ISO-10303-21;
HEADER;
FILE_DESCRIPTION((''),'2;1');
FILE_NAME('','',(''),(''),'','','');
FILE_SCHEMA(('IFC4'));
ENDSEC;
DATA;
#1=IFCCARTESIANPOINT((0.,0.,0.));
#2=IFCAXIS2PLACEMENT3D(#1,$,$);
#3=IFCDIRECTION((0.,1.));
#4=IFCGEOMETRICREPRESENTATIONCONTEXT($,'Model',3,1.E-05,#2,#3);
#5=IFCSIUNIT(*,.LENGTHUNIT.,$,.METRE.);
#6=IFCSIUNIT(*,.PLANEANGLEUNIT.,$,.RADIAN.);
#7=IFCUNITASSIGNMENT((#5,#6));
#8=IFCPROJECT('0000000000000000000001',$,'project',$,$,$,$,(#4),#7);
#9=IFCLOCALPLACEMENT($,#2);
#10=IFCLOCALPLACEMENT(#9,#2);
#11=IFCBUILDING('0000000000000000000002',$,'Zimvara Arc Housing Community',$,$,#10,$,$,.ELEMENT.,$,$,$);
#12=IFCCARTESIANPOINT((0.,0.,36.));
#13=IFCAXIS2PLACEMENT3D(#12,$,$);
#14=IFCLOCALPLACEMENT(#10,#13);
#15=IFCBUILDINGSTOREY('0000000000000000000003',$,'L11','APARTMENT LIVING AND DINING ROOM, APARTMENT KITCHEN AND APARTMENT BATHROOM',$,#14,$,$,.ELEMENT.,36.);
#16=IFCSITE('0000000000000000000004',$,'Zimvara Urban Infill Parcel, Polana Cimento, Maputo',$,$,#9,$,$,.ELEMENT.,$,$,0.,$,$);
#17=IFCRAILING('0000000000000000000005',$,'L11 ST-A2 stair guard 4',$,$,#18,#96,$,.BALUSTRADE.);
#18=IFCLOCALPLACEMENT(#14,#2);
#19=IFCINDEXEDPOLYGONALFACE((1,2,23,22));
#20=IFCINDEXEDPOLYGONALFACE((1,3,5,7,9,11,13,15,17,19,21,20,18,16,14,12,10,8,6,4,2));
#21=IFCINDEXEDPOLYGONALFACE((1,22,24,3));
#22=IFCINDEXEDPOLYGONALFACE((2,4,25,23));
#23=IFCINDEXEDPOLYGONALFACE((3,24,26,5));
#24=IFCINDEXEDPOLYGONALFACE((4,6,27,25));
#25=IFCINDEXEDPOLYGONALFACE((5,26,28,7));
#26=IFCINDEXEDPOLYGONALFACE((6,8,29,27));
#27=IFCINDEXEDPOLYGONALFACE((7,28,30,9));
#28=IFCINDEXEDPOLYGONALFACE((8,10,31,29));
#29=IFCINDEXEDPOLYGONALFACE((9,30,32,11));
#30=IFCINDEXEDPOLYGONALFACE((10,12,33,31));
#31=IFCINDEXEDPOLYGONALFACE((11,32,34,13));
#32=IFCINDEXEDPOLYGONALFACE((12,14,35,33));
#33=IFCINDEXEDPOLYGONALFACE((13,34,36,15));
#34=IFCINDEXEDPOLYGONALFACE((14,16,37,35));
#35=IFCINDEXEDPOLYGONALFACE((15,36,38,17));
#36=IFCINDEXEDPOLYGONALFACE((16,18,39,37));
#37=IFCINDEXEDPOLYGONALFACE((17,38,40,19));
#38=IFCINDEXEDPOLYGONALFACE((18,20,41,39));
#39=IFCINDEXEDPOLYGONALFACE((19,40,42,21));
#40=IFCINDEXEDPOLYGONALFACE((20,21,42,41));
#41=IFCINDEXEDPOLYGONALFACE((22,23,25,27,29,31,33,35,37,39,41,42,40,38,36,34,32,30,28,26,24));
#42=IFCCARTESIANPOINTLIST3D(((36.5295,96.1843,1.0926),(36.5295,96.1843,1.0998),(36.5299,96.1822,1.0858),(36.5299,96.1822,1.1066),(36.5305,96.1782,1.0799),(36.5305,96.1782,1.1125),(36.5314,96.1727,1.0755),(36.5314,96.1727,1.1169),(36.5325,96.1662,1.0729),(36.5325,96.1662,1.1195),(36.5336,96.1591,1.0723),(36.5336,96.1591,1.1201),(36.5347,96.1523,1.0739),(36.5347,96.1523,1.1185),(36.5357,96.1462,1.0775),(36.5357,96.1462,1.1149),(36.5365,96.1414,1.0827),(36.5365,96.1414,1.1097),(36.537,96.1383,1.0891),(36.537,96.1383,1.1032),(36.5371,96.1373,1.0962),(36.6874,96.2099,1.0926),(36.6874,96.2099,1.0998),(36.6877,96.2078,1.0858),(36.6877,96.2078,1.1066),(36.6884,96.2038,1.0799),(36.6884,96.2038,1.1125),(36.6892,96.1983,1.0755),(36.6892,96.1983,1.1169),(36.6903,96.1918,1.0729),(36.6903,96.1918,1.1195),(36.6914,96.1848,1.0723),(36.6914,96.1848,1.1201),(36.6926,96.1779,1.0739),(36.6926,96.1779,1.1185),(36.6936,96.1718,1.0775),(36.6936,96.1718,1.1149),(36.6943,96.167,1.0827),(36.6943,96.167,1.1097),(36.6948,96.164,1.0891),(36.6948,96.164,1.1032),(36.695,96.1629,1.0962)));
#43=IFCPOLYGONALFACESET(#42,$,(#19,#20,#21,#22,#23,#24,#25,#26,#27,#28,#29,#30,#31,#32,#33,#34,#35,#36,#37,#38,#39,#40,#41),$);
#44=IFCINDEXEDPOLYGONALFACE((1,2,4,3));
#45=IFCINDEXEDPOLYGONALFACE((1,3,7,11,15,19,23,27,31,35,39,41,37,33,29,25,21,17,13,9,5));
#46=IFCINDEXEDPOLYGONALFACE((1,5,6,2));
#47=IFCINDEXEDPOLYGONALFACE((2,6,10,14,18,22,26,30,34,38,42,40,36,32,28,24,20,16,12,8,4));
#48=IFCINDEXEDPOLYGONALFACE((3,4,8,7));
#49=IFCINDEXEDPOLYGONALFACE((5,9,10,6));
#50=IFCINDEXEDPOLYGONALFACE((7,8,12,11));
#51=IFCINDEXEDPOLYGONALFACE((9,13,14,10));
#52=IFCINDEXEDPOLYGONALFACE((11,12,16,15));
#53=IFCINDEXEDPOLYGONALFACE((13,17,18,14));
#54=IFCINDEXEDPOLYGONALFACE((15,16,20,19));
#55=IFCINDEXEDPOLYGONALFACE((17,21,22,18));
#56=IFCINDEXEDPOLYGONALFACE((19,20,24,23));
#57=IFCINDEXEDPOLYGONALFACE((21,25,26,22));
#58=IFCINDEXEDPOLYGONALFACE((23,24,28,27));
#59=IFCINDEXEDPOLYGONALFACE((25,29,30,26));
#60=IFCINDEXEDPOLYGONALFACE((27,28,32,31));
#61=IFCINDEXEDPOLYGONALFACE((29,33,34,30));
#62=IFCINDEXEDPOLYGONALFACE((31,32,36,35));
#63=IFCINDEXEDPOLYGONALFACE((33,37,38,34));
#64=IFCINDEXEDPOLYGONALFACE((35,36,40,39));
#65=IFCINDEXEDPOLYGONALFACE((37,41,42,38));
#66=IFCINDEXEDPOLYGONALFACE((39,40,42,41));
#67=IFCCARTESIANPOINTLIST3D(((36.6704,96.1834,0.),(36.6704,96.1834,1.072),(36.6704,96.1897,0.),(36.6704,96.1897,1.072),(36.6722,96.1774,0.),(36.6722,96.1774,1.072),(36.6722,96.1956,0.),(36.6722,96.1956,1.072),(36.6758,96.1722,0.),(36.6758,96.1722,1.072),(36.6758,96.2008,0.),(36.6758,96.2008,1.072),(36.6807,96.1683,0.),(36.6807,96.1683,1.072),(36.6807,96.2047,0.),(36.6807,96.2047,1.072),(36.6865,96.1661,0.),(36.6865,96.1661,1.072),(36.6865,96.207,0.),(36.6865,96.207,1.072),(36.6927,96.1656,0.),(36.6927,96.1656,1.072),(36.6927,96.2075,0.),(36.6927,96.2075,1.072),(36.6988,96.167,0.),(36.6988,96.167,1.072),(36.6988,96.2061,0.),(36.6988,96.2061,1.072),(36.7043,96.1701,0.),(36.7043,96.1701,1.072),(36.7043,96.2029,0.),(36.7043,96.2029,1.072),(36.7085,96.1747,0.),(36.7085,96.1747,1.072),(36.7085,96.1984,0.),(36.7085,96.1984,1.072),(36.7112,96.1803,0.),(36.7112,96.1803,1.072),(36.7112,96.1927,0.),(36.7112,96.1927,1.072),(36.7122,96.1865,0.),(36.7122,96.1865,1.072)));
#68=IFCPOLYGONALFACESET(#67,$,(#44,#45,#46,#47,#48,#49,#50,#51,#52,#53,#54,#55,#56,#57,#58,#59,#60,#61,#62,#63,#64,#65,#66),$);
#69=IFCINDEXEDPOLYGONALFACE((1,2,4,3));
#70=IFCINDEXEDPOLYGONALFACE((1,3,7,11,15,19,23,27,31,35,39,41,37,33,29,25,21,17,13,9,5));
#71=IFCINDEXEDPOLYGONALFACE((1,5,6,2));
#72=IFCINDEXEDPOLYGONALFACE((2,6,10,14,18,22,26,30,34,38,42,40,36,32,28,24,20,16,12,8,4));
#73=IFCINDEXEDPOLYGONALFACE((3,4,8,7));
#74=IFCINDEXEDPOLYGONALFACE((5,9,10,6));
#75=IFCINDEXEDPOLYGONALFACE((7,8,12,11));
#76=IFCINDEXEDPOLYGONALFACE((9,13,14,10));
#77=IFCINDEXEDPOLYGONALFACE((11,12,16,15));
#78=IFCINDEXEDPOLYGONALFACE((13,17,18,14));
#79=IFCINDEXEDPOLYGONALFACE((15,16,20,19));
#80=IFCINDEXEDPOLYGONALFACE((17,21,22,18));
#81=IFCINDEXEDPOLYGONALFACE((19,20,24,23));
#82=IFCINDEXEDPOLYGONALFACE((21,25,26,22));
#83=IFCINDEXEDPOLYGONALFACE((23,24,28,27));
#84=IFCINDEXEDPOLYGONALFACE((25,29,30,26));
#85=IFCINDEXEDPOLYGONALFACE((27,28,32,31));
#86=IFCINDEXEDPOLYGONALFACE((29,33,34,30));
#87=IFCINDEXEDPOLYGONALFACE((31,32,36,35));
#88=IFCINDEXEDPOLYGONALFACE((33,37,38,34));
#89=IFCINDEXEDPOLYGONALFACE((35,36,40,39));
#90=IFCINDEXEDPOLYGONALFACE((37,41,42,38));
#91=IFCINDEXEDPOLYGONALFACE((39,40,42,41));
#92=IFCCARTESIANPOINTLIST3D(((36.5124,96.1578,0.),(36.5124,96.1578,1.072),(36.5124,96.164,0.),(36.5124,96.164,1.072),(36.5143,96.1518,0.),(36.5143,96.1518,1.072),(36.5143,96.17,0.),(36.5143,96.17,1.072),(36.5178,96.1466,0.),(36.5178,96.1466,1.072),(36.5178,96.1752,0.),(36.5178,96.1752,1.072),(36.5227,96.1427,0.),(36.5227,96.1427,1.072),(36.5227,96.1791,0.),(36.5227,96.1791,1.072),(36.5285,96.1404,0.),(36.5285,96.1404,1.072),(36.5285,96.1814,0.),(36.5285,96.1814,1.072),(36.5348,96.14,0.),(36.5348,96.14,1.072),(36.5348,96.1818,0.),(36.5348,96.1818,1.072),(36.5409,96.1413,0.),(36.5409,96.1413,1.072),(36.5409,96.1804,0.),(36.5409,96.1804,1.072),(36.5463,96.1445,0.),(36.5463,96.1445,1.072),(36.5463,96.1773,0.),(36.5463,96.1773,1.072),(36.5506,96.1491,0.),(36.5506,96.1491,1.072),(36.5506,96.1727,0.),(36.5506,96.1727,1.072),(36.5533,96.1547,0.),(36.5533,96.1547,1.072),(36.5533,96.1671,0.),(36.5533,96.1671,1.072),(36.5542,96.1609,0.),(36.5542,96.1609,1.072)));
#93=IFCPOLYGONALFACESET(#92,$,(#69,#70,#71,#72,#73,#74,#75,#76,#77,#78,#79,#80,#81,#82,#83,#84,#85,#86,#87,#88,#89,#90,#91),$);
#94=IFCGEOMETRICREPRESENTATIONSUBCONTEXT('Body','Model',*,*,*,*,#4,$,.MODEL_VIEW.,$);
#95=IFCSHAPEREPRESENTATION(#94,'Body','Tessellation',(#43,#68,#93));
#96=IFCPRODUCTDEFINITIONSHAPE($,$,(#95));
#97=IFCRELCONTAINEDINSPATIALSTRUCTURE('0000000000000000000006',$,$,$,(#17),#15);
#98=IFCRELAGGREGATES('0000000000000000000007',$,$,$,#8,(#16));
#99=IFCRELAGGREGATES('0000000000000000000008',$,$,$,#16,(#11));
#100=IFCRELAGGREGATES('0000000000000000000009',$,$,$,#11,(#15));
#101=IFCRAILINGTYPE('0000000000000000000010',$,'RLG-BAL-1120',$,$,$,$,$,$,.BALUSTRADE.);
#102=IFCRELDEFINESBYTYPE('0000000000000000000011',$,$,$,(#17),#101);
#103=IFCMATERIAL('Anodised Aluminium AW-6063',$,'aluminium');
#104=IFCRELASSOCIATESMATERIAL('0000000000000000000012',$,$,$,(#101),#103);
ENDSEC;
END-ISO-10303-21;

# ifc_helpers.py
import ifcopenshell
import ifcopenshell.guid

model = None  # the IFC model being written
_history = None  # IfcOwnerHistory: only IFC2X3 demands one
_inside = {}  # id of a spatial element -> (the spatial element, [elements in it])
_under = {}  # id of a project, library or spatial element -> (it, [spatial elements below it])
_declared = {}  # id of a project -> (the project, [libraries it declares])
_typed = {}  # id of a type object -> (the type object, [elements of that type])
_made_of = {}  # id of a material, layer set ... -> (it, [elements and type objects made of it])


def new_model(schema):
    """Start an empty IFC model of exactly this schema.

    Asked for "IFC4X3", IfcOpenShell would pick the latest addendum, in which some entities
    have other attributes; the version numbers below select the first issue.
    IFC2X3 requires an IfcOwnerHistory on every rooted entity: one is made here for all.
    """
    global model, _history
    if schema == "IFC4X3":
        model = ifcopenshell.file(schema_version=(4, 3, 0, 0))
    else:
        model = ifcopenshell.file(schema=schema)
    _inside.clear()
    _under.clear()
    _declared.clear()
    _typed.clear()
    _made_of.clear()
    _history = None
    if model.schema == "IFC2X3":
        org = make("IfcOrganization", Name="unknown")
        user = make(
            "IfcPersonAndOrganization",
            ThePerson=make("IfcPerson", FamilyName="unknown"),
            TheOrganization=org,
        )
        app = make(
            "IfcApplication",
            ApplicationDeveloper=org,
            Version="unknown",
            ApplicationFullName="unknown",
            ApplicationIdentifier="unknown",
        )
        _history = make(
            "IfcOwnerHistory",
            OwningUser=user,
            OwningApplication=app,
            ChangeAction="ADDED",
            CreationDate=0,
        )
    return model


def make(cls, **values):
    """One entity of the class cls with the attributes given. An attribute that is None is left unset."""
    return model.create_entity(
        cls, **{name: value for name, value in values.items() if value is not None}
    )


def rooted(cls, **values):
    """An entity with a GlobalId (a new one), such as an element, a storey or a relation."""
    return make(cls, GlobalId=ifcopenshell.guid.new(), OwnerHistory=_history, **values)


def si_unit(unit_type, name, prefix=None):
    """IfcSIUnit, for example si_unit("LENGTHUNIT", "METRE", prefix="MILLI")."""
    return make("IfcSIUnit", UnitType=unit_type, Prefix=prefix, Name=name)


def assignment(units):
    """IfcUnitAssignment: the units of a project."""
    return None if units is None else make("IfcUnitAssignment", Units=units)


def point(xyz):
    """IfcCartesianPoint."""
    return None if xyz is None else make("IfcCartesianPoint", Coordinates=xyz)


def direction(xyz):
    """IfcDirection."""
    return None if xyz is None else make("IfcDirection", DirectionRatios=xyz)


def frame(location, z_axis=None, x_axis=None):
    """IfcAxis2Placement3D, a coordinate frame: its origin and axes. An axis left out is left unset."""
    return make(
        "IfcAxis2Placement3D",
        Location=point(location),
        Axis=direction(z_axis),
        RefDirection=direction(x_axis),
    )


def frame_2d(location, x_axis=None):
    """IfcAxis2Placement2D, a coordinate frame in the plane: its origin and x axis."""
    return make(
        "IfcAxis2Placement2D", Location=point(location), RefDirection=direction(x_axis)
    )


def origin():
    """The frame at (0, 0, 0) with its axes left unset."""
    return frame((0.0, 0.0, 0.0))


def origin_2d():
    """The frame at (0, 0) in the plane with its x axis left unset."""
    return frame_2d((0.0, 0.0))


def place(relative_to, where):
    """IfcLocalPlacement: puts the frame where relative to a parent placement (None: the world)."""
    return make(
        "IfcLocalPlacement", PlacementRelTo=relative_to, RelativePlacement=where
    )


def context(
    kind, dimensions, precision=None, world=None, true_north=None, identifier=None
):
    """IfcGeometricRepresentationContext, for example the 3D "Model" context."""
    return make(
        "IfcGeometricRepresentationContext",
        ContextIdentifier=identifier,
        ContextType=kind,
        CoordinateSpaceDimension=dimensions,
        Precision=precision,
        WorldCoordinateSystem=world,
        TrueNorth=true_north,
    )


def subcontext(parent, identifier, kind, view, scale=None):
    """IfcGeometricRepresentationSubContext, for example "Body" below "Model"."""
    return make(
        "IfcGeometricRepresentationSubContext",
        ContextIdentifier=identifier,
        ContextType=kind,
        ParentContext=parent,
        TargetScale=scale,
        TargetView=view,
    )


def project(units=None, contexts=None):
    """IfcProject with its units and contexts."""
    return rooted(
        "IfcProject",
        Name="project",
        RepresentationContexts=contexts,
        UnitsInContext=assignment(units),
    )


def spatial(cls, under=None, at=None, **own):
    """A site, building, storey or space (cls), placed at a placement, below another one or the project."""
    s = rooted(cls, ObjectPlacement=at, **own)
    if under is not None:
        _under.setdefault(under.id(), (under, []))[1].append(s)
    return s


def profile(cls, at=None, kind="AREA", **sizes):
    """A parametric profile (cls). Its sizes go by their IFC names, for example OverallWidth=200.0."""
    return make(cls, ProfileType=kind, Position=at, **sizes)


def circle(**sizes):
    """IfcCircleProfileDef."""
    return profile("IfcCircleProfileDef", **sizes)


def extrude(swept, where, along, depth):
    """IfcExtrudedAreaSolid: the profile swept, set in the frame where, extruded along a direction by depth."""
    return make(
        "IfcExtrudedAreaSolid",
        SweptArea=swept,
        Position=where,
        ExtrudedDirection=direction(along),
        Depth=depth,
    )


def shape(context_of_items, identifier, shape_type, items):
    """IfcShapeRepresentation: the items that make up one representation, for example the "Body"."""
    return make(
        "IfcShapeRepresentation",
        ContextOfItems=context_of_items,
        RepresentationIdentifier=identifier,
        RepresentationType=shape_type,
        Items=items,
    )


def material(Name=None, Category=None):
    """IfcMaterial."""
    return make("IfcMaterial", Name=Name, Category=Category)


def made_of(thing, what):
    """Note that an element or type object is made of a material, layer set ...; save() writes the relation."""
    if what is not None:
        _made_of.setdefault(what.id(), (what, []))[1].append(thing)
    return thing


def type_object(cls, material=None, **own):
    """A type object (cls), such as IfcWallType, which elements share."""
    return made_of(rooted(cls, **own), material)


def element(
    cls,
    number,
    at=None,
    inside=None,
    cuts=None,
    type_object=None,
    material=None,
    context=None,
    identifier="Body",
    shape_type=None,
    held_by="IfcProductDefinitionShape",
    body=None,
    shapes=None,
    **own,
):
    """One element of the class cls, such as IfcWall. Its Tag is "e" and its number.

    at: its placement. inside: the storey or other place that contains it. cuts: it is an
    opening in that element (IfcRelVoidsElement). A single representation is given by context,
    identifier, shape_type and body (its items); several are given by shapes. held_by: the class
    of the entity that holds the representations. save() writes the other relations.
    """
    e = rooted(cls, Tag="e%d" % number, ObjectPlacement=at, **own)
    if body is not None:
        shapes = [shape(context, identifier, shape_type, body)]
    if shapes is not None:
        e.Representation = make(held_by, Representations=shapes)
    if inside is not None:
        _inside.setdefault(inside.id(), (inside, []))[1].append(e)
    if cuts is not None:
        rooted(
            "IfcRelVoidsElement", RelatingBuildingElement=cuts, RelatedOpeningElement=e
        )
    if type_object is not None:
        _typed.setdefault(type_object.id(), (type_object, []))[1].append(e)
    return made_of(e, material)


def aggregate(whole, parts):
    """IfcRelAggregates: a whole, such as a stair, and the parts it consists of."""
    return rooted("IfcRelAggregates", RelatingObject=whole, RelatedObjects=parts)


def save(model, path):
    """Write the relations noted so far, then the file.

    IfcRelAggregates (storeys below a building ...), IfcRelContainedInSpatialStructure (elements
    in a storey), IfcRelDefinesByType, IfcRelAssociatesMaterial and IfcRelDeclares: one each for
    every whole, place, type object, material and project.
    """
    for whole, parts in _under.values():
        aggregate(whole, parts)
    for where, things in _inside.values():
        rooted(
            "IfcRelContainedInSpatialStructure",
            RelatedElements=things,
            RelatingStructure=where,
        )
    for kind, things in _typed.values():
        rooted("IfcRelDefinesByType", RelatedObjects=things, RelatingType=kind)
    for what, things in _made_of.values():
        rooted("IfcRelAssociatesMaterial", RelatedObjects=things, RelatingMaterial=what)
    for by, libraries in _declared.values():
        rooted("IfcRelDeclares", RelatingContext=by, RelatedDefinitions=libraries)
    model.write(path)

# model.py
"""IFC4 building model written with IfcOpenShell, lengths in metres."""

from ifc_helpers import new_model, si_unit, direction, frame, origin, origin_2d, place, context, subcontext, project, spatial, circle, extrude, material, type_object, element, save


model = new_model("IFC4")

# Units and contexts
model_context = context("Model", 3, precision=1e-05, world=origin(), true_north=direction((0.0, 1.0)))
body_context = subcontext(model_context, "Body", "Model", "MODEL_VIEW")
ifc_project = project(units=[si_unit("LENGTHUNIT", "METRE"), si_unit("PLANEANGLEUNIT", "RADIAN")], contexts=[model_context])

# Site, building, storey
site_placement = place(None, origin())
site = spatial("IfcSite", under=ifc_project, at=site_placement, Name="Zimvara Urban Infill Parcel, Polana Cimento, Maputo", CompositionType="ELEMENT", RefElevation=0.0)
building_placement = place(site_placement, origin())
building = spatial("IfcBuilding", under=site, at=building_placement, Name="Zimvara Arc Housing Community", CompositionType="ELEMENT")
storey_placement = place(building_placement, frame((0.0, 0.0, 36.0)))
storey = spatial("IfcBuildingStorey", under=building, at=storey_placement, Name="L11", Description="APARTMENT LIVING AND DINING ROOM, APARTMENT KITCHEN AND APARTMENT BATHROOM", CompositionType="ELEMENT", Elevation=36.0)

# Railing
ifc_material_1 = material(Name="Anodised Aluminium AW-6063", Category="aluminium")
railing_type_1 = type_object("IfcRailingType", Name="RLG-BAL-1120", PredefinedType="BALUSTRADE", material=ifc_material_1)
railing_1_placement = place(storey_placement, frame((36.6912, 96.1865, 0.0)))
element("IfcRailing", 1, at=railing_1_placement, inside=storey, type_object=railing_type_1, Name="L11 ST-A2 stair guard 4", PredefinedType="BALUSTRADE", context=body_context, shape_type="SweptSolid", body=[
    extrude(circle(Radius=0.0239, at=origin_2d()), frame((0.0, 0.0, 1.0962), z_axis=(-0.987086, -0.160192, 0.0), x_axis=(0.160192, -0.987086, 0.0)), (0.0, 0.0, 1.0), 0.1599),
    extrude(circle(Radius=0.021, at=origin_2d()), origin(), (0.0, 0.0, 1.0), 1.072),
    extrude(circle(Radius=0.021, at=origin_2d()), frame((-0.158, -0.0256, 0.0)), (0.0, 0.0, 1.0), 1.072),
])

save(model, "model.ifc")
